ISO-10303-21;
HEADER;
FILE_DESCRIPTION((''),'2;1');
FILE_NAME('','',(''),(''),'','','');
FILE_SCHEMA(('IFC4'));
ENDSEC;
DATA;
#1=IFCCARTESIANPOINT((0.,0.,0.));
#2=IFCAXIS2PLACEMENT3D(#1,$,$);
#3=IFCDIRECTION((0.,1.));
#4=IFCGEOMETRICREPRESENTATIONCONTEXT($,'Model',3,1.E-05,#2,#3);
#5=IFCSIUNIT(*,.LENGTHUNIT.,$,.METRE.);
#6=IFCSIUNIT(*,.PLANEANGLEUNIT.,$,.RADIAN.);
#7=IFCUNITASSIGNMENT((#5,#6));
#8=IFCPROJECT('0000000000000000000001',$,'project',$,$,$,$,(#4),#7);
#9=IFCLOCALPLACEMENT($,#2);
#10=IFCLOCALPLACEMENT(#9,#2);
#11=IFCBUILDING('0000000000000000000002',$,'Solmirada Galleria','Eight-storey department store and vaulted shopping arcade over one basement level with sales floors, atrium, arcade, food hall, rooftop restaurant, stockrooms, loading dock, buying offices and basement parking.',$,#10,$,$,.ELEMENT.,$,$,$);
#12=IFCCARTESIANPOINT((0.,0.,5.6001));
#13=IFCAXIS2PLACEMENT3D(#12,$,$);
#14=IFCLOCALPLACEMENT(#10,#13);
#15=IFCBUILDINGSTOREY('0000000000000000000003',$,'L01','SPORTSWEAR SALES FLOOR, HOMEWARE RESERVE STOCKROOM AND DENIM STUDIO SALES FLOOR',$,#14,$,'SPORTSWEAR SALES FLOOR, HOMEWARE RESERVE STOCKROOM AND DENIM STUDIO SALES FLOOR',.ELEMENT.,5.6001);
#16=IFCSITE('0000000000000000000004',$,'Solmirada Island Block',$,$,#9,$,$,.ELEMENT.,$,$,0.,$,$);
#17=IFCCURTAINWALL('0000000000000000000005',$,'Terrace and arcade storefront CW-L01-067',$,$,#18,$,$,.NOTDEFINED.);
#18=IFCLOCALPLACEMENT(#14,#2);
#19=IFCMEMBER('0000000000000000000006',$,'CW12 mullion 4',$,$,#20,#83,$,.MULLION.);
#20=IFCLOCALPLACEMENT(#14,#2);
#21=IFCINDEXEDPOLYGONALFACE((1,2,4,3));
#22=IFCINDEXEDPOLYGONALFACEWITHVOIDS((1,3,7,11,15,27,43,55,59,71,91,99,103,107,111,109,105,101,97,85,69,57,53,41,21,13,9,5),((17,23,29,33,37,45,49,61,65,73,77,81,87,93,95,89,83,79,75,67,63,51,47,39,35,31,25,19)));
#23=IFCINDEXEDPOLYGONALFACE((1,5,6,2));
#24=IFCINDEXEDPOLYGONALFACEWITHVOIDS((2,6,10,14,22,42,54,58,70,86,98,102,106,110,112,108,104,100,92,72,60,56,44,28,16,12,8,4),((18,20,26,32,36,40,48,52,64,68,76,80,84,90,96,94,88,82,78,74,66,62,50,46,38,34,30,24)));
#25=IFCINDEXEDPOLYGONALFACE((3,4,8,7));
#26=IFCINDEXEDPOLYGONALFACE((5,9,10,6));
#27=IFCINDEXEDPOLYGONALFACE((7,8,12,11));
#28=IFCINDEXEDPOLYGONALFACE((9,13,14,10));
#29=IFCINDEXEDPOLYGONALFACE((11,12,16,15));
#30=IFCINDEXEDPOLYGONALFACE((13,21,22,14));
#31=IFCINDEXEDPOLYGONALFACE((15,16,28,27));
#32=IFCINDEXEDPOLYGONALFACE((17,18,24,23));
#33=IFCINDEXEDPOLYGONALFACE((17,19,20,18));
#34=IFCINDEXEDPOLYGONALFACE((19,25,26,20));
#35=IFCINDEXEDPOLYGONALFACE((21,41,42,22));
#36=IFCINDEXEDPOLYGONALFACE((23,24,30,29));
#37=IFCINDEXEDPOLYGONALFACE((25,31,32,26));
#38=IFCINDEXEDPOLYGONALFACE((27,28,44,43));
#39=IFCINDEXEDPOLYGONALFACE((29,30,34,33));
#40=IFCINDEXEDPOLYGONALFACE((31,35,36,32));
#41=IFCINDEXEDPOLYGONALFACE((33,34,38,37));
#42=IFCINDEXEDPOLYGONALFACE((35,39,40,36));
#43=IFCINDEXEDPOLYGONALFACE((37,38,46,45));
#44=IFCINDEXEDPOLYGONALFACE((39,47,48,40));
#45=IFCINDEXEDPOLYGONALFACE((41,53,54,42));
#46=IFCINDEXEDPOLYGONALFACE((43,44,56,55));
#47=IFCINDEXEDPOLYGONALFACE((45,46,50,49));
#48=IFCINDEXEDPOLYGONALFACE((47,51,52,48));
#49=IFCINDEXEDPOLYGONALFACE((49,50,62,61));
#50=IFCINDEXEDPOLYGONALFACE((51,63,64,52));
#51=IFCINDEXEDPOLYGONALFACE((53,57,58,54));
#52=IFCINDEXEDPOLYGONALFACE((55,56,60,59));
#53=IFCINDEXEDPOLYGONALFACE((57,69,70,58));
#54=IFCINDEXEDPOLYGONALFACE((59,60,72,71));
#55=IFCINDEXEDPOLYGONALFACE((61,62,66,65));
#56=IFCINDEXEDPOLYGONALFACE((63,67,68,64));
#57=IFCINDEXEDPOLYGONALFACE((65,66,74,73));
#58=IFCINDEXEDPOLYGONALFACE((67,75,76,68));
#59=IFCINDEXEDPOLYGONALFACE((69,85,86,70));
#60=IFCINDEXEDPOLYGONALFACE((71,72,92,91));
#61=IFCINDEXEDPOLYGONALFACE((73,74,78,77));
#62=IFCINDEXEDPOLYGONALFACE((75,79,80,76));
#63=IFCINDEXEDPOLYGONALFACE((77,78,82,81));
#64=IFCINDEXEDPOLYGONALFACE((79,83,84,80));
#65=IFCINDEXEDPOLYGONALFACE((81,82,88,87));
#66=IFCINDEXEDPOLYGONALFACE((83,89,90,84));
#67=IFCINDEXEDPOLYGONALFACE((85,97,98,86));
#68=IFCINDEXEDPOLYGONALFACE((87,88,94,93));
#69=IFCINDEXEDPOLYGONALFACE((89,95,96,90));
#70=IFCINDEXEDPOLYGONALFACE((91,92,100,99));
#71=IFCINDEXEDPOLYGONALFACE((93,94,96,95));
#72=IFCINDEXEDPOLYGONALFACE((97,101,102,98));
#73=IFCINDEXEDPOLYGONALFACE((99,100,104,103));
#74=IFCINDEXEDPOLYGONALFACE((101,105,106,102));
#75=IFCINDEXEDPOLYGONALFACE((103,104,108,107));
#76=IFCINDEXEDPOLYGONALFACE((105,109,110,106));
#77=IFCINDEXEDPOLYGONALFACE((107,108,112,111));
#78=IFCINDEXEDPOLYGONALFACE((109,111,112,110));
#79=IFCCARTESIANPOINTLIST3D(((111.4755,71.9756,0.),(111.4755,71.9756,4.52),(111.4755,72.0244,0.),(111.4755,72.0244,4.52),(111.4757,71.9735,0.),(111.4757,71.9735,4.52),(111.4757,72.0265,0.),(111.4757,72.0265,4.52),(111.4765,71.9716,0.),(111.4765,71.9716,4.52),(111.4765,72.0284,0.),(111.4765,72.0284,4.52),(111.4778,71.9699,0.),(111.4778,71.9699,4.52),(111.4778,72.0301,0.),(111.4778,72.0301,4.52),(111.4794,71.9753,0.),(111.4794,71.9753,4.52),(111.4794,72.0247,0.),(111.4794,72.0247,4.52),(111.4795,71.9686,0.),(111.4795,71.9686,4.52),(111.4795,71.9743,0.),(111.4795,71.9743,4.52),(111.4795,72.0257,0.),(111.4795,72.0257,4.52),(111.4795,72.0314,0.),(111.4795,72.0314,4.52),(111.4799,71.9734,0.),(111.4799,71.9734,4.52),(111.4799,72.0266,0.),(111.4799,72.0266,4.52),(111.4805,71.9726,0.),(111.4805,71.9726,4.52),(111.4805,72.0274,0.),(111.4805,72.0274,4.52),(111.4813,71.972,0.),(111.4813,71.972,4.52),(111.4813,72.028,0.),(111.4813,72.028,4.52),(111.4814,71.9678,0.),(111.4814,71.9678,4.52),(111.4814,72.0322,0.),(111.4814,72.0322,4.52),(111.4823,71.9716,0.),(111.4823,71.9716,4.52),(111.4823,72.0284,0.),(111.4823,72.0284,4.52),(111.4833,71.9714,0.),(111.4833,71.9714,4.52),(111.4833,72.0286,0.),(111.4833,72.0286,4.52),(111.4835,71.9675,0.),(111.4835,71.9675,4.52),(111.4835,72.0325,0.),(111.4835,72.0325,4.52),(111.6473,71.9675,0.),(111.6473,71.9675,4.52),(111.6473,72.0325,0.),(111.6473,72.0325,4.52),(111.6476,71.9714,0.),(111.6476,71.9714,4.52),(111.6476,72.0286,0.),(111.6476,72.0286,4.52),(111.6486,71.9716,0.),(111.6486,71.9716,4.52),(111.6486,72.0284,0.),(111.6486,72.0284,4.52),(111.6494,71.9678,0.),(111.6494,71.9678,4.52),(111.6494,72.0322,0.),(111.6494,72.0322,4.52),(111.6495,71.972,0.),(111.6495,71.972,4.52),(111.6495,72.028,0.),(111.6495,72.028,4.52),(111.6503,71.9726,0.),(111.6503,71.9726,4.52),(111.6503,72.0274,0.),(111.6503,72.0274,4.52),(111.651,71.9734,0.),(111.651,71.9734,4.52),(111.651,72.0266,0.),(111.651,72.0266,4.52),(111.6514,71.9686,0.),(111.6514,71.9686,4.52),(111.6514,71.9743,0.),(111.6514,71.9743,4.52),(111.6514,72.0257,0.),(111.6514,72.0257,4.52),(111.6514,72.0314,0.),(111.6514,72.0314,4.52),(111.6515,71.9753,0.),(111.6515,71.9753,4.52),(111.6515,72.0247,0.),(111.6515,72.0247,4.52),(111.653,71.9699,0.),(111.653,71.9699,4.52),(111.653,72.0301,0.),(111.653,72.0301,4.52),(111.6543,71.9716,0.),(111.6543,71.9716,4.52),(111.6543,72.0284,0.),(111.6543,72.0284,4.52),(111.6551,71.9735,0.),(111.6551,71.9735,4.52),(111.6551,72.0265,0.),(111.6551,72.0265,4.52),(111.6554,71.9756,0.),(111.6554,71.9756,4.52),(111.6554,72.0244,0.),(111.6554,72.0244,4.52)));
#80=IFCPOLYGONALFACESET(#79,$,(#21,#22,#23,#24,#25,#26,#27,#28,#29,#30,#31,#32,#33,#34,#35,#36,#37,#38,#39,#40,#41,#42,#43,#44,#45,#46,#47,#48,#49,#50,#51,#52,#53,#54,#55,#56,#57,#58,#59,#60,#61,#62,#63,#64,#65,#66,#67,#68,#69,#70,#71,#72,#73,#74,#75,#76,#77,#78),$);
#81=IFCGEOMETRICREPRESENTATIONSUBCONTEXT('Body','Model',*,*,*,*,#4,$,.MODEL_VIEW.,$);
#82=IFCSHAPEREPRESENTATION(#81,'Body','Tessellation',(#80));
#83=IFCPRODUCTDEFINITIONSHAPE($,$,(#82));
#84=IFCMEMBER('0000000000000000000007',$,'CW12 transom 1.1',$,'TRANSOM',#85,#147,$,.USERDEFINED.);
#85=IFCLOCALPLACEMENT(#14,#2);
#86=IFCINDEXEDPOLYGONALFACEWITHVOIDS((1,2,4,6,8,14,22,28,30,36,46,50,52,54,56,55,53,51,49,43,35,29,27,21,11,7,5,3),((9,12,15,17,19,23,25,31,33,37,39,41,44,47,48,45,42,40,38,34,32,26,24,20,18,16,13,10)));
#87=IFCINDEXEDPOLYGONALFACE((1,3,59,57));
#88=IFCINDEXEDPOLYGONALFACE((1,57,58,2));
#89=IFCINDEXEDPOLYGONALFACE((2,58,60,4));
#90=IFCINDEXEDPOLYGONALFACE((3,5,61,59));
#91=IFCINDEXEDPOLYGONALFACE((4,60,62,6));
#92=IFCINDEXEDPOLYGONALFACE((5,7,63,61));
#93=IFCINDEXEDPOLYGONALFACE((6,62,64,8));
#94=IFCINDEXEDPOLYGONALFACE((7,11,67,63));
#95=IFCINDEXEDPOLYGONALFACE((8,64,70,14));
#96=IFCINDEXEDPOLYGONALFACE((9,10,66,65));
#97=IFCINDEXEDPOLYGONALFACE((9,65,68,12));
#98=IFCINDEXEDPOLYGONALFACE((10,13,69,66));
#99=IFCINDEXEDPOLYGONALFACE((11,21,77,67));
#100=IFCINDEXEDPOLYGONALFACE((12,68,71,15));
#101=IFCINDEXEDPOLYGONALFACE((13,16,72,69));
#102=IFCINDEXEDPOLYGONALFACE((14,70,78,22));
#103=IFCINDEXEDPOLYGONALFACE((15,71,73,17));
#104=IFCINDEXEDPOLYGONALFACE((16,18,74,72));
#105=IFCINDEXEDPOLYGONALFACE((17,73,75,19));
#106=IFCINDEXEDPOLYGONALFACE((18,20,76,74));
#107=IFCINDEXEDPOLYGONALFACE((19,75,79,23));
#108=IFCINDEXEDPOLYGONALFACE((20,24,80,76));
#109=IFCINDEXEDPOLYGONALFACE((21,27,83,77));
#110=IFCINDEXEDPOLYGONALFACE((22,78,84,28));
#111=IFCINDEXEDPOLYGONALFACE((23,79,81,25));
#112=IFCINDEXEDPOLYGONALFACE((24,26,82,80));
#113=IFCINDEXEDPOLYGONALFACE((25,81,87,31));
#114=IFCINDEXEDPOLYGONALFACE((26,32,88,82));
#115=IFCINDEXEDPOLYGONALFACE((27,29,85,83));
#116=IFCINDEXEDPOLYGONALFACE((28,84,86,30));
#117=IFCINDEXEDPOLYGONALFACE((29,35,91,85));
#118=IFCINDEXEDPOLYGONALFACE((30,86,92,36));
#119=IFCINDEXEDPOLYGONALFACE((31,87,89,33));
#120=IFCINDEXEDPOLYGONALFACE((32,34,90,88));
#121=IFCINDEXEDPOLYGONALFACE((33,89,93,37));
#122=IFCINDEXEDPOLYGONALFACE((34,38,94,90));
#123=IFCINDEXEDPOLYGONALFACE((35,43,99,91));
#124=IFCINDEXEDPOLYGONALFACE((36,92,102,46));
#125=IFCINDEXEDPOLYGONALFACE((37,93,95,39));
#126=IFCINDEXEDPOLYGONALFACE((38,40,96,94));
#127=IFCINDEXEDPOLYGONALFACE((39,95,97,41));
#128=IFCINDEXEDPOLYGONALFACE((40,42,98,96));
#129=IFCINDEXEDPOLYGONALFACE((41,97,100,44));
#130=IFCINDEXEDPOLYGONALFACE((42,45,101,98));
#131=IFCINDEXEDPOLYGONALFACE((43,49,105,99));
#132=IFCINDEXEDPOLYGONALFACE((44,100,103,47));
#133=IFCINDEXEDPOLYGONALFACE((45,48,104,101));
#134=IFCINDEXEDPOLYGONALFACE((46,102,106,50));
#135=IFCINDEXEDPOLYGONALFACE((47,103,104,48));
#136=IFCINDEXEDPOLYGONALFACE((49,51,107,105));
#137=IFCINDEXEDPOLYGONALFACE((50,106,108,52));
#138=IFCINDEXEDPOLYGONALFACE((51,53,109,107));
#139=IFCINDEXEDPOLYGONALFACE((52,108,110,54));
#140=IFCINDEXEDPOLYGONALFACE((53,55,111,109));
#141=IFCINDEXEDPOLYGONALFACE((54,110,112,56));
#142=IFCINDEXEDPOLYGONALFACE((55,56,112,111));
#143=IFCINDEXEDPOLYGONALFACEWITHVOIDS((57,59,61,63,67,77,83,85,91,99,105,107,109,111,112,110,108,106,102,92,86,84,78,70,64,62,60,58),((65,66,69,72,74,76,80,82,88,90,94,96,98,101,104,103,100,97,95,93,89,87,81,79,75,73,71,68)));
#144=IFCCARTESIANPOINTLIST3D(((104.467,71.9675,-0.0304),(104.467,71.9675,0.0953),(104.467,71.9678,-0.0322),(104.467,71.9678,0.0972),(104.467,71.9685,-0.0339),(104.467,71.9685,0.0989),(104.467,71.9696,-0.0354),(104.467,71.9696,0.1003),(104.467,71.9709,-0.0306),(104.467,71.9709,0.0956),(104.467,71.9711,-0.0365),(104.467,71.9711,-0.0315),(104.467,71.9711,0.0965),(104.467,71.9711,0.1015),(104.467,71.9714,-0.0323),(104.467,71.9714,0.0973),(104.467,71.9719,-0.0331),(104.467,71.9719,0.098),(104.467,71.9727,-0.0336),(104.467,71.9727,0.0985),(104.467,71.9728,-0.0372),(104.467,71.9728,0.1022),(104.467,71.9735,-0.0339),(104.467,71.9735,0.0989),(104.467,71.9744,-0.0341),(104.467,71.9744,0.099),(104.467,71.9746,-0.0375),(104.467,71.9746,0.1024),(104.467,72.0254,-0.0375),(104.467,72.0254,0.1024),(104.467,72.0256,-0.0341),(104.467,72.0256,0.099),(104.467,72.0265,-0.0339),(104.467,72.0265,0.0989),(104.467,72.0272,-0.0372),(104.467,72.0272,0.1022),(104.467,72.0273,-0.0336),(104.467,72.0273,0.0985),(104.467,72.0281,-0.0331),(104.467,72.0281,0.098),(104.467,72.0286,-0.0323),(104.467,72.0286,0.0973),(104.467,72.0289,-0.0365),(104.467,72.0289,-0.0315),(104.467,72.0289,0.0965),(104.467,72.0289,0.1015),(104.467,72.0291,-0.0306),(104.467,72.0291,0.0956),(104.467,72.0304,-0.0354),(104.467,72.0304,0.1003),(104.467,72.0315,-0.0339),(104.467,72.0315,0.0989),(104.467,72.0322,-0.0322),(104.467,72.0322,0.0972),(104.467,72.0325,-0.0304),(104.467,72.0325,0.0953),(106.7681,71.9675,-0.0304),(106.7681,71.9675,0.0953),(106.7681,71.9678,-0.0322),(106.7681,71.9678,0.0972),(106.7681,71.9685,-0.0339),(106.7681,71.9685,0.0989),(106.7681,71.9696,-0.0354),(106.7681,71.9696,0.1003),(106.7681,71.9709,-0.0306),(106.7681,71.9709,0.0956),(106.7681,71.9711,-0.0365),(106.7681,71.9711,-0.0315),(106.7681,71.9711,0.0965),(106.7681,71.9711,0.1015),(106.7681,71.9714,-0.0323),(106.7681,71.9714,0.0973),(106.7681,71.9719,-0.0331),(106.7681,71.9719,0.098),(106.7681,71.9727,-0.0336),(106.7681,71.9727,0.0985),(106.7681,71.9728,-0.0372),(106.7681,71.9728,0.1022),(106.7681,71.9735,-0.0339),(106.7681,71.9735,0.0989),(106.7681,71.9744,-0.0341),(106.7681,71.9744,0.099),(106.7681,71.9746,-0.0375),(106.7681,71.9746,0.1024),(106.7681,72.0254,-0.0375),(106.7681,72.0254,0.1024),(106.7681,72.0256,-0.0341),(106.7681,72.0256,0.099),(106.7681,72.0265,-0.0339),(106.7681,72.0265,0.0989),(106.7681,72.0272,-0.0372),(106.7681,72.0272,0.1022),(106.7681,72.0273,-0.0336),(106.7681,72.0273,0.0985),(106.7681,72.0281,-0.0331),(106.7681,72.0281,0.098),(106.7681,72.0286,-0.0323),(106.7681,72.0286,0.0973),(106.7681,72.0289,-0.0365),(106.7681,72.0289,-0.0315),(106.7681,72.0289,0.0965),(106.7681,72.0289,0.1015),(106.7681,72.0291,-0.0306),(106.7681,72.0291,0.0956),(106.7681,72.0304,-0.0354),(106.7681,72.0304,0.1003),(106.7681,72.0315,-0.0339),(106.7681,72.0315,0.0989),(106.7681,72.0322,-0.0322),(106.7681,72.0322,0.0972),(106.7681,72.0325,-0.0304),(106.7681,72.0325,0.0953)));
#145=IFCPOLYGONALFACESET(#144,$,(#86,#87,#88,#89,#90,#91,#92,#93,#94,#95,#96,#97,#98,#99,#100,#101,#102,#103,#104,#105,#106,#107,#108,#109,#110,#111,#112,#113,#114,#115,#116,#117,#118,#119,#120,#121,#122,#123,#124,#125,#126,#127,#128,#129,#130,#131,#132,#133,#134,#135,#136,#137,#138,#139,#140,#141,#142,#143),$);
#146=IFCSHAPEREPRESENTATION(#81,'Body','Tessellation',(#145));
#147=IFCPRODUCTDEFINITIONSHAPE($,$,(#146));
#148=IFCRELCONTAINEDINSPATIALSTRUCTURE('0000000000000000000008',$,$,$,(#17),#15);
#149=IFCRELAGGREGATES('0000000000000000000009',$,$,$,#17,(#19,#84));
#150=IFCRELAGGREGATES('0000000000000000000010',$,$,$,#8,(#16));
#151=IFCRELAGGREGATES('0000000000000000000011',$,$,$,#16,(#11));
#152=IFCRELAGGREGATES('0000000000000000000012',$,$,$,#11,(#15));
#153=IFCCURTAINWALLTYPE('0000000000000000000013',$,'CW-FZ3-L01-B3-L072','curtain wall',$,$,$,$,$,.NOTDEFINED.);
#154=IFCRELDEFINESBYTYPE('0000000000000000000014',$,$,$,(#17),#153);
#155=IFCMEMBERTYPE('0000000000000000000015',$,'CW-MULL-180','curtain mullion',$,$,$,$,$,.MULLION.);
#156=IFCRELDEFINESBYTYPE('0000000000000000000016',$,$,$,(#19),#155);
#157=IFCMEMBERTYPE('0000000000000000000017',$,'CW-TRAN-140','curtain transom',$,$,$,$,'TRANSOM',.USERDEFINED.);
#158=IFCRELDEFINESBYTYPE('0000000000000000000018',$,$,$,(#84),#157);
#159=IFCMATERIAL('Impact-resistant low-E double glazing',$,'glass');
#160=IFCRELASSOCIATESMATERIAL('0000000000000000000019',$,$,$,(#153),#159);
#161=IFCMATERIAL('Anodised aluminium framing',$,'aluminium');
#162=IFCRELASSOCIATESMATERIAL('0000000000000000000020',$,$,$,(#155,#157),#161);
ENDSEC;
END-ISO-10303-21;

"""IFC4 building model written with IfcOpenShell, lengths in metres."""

from ifc_helpers import new_model, si_unit, direction, frame, origin, origin_2d, place, context, subcontext, project, spatial, hollow_rectangle, extrude, material, material_profile, profile_set, type_object, element, aggregate, save


model = new_model("IFC4")

# Units and contexts
model_context = context("Model", 3, precision=1e-05, world=origin(), true_north=direction((0.0, 1.0)))
body_context = subcontext(model_context, "Body", "Model", "MODEL_VIEW")
ifc_project = project(units=[si_unit("LENGTHUNIT", "METRE"), si_unit("PLANEANGLEUNIT", "RADIAN")], contexts=[model_context])

# Site, building, storey
site_placement = place(None, origin())
site = spatial("IfcSite", under=ifc_project, at=site_placement, Name="Solmirada Island Block", CompositionType="ELEMENT", RefElevation=0.0)
building_placement = place(site_placement, origin())
building = spatial("IfcBuilding", under=site, at=building_placement, Name="Solmirada Galleria", Description="Eight-storey department store and vaulted shopping arcade over one basement level with sales floors, atrium, arcade, food hall, rooftop restaurant, stockrooms, loading dock, buying offices and basement parking.", CompositionType="ELEMENT")
storey_placement = place(building_placement, frame((0.0, 0.0, 5.6001)))
storey = spatial("IfcBuildingStorey", under=building, at=storey_placement, Name="L01", Description="SPORTSWEAR SALES FLOOR, HOMEWARE RESERVE STOCKROOM AND DENIM STUDIO SALES FLOOR", LongName="SPORTSWEAR SALES FLOOR, HOMEWARE RESERVE STOCKROOM AND DENIM STUDIO SALES FLOOR", CompositionType="ELEMENT", Elevation=5.6001)

# Curtain wall, members
ifc_material_1 = material(Name="Impact-resistant low-E double glazing", Category="glass")
curtain_wall_type = type_object("IfcCurtainWallType", Name="CW-FZ3-L01-B3-L072", Description="curtain wall", PredefinedType="NOTDEFINED", material=ifc_material_1)
curtain_wall_1_placement = place(storey_placement, origin())
curtain_wall_1 = element("IfcCurtainWall", 1, at=curtain_wall_1_placement, inside=storey, type_object=curtain_wall_type, Name="Terrace and arcade storefront CW-L01-067", PredefinedType="NOTDEFINED")
ifc_material_2 = material(Name="Anodised aluminium framing", Category="aluminium")
ifc_material_profile_1 = material_profile(ifc_material_2, hollow_rectangle(XDim=0.0649, YDim=0.1799, WallThickness=0.0039, InnerFilletRadius=0.0039, OuterFilletRadius=0.0081, at=origin_2d()), Name="ALU-MULL-180X65")
ifc_profile_set_1 = profile_set([ifc_material_profile_1], Name="Anodised aluminium framing")
member_type_1 = type_object("IfcMemberType", Name="CW-MULL-180", Description="curtain mullion", PredefinedType="MULLION", material=ifc_profile_set_1)
member_1_placement = place(storey_placement, frame((111.5654, 72.0, 0.0), z_axis=(0.0, 0.0, 1.0), x_axis=(0.0, 1.0, 0.0)))
member_1 = element("IfcMember", 2, at=member_1_placement, type_object=member_type_1, Name="CW12 mullion 4", PredefinedType="MULLION", context=body_context, shape_type="SweptSolid", body=[
    extrude(hollow_rectangle(XDim=0.0649, YDim=0.1799, WallThickness=0.0039, InnerFilletRadius=0.0039, OuterFilletRadius=0.0081, at=origin_2d()), origin(), (0.0, 0.0, 1.0), 4.52),
])
ifc_material_profile_2 = material_profile(ifc_material_2, hollow_rectangle(XDim=0.0649, YDim=0.1399, WallThickness=0.0034, InnerFilletRadius=0.0034, OuterFilletRadius=0.0071, at=origin_2d()), Name="ALU-TRAN-140X65")
ifc_profile_set_2 = profile_set([ifc_material_profile_2], Name="Anodised aluminium framing")
member_type_2 = type_object("IfcMemberType", Name="CW-TRAN-140", Description="curtain transom", ElementType="TRANSOM", PredefinedType="USERDEFINED", material=ifc_profile_set_2)
member_2_placement = place(storey_placement, frame((104.467, 72.0, 0.0325), z_axis=(1.0, 0.0, 0.0), x_axis=(0.0, 1.0, 0.0)))
member_2 = element("IfcMember", 3, at=member_2_placement, type_object=member_type_2, Name="CW12 transom 1.1", ObjectType="TRANSOM", PredefinedType="USERDEFINED", context=body_context, shape_type="SweptSolid", body=[
    extrude(hollow_rectangle(XDim=0.0649, YDim=0.1399, WallThickness=0.0034, InnerFilletRadius=0.0034, OuterFilletRadius=0.0071, at=origin_2d()), origin(), (0.0, 0.0, 1.0), 2.301),
])

aggregate(curtain_wall_1, [member_1, member_2])

save(model, "model.ifc")
